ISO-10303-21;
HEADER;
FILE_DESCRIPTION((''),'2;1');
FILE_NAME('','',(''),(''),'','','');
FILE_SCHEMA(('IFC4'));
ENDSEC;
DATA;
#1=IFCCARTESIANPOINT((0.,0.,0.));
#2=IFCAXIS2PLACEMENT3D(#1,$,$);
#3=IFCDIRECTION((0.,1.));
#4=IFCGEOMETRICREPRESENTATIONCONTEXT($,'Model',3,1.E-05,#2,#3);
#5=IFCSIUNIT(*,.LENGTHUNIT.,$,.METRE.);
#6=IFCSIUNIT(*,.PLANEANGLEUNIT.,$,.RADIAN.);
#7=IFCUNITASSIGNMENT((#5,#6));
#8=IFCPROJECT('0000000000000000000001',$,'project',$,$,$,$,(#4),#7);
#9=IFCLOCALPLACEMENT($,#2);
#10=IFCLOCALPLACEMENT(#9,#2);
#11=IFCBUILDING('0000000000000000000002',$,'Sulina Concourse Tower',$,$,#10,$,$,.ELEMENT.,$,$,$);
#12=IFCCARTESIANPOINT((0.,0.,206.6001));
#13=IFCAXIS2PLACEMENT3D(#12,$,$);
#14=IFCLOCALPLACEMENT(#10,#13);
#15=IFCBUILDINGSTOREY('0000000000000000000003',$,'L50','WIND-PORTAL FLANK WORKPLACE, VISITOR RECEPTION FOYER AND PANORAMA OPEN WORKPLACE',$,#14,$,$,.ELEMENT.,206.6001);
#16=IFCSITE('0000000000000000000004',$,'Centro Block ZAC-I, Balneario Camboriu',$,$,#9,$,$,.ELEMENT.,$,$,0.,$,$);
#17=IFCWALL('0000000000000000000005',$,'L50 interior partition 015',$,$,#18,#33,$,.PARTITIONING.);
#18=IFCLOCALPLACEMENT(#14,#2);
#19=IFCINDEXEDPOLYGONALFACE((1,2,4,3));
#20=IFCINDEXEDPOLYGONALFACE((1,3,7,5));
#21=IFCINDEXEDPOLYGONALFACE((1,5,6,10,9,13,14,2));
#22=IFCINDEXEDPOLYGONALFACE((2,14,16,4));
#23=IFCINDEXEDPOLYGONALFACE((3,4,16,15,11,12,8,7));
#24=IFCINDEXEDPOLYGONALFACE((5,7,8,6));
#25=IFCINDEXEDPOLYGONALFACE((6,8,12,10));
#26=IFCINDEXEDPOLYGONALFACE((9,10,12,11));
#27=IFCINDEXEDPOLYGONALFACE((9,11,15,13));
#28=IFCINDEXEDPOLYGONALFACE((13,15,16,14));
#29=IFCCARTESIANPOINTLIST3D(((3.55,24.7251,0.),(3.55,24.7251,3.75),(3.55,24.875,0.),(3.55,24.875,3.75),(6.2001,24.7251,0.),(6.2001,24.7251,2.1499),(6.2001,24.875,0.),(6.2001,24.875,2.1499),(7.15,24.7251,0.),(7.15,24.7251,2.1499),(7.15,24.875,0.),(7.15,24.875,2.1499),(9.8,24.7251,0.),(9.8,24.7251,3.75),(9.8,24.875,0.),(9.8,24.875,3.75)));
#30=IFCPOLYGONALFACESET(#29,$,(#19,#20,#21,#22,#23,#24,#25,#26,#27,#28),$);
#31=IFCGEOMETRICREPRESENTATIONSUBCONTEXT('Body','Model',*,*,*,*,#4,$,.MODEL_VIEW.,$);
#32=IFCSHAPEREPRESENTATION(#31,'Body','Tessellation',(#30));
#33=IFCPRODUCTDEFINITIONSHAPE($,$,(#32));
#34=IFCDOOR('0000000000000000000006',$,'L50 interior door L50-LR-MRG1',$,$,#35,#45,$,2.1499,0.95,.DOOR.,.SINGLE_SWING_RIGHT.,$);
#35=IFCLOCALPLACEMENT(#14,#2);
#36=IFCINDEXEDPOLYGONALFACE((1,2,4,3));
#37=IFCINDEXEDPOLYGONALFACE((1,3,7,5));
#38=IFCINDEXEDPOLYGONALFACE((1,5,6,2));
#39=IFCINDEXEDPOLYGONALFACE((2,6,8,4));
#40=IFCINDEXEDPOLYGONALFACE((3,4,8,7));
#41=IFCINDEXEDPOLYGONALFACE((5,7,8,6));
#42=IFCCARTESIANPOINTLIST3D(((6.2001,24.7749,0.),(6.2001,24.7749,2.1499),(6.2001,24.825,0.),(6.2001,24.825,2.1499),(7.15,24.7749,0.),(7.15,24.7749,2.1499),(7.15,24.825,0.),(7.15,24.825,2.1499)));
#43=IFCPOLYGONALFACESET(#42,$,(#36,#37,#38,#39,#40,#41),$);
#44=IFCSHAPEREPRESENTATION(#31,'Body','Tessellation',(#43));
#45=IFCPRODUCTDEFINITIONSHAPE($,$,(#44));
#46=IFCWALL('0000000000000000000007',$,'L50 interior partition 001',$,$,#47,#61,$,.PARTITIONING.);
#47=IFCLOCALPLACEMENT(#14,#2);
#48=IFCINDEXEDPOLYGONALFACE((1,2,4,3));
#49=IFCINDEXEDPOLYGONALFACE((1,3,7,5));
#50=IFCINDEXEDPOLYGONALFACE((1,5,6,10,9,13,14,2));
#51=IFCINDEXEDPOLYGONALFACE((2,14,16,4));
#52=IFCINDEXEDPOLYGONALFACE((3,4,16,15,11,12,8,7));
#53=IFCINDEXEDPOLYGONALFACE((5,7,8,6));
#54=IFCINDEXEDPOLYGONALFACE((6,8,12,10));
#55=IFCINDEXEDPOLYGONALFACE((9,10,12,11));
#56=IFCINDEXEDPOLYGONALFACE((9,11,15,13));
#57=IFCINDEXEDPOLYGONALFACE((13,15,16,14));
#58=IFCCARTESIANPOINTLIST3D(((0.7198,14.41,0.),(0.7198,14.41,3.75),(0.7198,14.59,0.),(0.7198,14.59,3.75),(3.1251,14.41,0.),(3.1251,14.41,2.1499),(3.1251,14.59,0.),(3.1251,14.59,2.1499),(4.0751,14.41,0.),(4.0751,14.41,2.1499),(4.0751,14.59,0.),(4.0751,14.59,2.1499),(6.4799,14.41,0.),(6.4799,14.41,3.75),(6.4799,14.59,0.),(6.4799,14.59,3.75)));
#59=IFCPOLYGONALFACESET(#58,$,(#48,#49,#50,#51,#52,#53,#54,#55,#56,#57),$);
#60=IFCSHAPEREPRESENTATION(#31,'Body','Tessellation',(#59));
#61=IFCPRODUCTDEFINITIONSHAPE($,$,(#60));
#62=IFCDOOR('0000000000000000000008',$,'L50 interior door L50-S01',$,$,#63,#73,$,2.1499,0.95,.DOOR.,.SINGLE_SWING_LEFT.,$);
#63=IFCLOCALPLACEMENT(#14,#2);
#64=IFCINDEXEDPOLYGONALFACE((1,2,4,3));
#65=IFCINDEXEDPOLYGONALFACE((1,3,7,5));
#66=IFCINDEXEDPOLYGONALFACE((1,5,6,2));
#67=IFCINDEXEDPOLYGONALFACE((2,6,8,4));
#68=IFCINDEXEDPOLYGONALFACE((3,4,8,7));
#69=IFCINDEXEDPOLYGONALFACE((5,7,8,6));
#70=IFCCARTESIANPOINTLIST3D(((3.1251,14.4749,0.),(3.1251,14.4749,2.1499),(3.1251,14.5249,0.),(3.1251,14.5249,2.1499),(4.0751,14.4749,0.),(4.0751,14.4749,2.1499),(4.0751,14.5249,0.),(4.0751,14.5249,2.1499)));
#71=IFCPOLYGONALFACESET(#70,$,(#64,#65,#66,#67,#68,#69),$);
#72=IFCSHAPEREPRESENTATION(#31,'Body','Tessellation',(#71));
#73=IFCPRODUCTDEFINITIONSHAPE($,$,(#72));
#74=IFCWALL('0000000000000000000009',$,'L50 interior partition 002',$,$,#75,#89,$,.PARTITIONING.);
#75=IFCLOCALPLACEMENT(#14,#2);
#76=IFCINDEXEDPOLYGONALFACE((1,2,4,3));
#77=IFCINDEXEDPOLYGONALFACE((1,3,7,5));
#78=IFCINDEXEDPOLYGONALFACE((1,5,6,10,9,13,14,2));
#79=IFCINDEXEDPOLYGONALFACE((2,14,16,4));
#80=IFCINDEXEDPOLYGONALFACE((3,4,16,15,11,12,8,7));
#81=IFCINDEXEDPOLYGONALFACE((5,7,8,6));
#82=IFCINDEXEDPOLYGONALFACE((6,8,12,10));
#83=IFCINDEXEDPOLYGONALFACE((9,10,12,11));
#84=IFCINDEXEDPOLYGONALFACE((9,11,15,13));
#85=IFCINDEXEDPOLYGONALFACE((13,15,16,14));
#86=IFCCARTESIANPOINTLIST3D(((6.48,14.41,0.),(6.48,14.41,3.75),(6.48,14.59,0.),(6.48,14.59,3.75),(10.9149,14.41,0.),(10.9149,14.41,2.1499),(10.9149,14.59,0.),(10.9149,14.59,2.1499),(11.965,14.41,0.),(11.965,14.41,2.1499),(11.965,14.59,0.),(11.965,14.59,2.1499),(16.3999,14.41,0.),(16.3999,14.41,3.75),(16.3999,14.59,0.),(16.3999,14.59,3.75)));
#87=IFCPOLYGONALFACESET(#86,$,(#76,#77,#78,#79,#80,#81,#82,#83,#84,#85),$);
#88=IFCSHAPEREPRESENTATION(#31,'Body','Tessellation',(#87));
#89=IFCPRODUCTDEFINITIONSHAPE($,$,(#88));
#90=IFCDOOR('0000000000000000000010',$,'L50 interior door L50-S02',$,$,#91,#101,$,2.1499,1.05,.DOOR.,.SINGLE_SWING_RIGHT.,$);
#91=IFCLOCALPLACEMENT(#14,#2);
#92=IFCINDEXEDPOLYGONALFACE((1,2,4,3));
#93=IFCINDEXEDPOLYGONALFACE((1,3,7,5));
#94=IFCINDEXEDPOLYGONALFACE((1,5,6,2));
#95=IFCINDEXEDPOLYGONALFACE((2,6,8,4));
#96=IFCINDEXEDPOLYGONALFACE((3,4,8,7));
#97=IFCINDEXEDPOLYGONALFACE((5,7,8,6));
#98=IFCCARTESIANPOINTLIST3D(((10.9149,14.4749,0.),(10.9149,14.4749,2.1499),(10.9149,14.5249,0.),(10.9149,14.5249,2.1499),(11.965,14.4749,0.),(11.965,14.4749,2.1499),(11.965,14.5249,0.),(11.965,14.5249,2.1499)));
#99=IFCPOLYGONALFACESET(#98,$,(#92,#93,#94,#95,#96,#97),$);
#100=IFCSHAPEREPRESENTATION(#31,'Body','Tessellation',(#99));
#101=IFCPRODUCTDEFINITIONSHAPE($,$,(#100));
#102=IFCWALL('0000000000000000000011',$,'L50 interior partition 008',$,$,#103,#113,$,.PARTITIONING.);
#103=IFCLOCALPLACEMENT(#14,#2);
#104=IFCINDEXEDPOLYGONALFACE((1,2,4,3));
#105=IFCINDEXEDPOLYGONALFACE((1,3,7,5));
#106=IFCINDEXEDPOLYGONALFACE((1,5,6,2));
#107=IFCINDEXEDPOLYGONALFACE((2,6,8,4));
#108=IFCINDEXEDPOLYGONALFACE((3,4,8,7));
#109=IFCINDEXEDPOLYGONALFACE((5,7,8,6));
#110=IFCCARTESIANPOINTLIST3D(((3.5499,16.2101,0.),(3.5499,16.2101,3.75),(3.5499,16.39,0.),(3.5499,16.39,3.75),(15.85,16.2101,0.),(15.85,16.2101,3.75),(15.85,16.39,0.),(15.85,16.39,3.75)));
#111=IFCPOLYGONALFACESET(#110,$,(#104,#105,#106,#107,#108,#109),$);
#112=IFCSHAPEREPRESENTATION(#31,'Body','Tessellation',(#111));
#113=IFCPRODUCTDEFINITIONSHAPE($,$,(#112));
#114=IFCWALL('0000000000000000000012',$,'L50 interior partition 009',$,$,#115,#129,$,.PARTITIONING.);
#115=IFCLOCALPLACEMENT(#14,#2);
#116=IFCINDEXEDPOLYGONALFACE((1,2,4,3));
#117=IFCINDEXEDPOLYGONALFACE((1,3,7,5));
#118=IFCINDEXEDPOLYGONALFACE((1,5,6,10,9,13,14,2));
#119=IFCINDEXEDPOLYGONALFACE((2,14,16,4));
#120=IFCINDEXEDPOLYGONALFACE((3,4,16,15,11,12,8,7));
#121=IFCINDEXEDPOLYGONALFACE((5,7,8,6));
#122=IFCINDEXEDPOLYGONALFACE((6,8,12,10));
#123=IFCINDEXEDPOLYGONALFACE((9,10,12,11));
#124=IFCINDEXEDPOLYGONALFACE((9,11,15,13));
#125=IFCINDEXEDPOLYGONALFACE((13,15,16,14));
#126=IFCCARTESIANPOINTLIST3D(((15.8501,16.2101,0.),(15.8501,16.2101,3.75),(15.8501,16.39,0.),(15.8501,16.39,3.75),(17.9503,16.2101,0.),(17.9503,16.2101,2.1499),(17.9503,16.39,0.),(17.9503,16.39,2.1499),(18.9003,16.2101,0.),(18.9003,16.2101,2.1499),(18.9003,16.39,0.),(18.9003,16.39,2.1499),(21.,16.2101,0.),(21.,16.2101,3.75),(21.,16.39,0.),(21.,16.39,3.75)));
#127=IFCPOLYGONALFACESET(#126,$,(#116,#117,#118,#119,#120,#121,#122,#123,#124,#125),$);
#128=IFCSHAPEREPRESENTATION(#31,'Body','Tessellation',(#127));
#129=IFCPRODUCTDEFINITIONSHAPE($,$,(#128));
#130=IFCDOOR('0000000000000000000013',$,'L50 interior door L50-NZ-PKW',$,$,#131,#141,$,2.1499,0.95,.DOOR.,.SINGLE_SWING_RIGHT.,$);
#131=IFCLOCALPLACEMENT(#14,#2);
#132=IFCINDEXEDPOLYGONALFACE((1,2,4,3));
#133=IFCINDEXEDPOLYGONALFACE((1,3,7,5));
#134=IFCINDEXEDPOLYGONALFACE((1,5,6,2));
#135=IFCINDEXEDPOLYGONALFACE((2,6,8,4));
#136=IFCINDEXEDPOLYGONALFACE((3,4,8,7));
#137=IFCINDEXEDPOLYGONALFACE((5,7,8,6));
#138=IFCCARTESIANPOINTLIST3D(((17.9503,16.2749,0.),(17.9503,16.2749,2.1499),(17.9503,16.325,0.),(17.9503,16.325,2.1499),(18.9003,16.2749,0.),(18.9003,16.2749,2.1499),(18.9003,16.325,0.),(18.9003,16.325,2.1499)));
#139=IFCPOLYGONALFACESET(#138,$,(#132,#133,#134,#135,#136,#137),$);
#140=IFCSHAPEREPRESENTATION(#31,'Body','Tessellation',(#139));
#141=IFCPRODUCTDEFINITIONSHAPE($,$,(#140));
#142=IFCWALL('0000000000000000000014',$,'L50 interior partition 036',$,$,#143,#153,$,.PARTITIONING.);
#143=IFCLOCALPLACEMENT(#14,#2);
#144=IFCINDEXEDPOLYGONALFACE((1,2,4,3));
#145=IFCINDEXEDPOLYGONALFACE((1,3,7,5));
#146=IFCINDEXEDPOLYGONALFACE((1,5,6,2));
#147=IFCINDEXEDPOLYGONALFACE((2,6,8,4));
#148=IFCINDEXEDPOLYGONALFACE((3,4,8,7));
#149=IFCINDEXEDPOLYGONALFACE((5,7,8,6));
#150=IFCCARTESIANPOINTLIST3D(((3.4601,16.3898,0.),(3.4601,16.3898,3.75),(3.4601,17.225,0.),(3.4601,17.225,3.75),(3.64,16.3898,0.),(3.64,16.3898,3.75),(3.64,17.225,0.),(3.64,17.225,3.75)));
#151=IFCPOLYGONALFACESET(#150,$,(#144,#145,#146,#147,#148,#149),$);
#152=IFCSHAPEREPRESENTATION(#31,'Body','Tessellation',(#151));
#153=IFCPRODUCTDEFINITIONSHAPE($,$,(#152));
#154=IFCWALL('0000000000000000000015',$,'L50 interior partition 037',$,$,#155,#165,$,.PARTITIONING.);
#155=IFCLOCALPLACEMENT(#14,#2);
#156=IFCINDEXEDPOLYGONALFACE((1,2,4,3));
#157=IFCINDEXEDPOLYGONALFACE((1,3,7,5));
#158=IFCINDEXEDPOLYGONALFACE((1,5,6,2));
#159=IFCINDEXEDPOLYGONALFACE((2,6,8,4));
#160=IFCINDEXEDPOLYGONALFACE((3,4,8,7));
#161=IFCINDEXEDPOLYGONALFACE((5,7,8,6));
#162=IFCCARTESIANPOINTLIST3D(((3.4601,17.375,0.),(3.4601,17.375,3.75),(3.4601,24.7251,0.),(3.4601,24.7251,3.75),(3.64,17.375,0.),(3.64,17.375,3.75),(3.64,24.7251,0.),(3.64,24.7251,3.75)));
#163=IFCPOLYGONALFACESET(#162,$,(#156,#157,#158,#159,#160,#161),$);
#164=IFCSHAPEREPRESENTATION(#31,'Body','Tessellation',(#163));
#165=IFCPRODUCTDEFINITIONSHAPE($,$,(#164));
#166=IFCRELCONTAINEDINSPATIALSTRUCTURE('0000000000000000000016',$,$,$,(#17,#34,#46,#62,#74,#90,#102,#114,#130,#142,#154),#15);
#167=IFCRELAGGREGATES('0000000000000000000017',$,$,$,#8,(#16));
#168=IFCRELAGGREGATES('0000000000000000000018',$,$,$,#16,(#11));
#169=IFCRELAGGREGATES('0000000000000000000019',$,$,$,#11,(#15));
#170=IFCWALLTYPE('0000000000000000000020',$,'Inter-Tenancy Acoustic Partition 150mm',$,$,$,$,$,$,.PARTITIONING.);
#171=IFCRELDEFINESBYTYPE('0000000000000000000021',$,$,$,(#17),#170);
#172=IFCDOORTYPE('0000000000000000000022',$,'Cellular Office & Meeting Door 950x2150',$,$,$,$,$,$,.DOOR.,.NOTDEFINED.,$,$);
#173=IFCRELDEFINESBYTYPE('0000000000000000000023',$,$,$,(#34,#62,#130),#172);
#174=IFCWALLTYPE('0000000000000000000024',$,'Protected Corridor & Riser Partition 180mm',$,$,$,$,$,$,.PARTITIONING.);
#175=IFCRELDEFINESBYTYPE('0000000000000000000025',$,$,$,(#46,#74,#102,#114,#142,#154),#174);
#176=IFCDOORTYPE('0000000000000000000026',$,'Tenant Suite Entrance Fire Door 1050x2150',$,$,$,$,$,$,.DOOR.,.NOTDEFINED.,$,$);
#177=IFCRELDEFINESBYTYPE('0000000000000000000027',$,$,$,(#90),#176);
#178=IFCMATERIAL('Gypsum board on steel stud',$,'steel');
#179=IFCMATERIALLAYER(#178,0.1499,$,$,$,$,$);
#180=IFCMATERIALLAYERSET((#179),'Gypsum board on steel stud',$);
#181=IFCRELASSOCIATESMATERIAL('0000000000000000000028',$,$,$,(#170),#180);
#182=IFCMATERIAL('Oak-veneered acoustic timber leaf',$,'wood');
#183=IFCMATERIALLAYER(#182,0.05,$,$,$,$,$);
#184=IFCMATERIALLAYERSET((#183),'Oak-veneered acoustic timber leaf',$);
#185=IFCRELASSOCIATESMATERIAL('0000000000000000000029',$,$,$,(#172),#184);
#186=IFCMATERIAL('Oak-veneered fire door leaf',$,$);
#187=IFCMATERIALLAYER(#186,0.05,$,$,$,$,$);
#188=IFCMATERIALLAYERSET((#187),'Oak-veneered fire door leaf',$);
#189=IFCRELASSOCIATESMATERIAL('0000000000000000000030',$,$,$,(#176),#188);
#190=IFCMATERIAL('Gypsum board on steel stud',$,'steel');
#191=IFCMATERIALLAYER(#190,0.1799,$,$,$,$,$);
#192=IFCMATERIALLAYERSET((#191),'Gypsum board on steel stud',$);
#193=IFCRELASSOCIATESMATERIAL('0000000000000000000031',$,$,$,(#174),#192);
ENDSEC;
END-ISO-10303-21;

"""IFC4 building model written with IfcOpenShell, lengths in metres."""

from ifc_helpers import new_model, si_unit, direction, frame, frame_2d, origin, place, context, subcontext, project, spatial, rectangle, extrude, material, layer, layer_set, type_object, element, fill, save


model = new_model("IFC4")

# Units and contexts
model_context = context("Model", 3, precision=1e-05, world=origin(), true_north=direction((0.0, 1.0)))
body_context = subcontext(model_context, "Body", "Model", "MODEL_VIEW")
ifc_project = project(units=[si_unit("LENGTHUNIT", "METRE"), si_unit("PLANEANGLEUNIT", "RADIAN")], contexts=[model_context])

# Site, building, storey
site_placement = place(None, origin())
site = spatial("IfcSite", under=ifc_project, at=site_placement, Name="Centro Block ZAC-I, Balneario Camboriu", CompositionType="ELEMENT", RefElevation=0.0)
building_placement = place(site_placement, origin())
building = spatial("IfcBuilding", under=site, at=building_placement, Name="Sulina Concourse Tower", CompositionType="ELEMENT")
storey_placement = place(building_placement, frame((0.0, 0.0, 206.6001)))
storey = spatial("IfcBuildingStorey", under=building, at=storey_placement, Name="L50", Description="WIND-PORTAL FLANK WORKPLACE, VISITOR RECEPTION FOYER AND PANORAMA OPEN WORKPLACE", CompositionType="ELEMENT", Elevation=206.6001)

# Shared definitions
ifc_material_1 = material(Name="Gypsum board on steel stud", Category="steel")
ifc_layer_1 = layer(ifc_material_1, 0.1499)
ifc_layer_set_1 = layer_set([ifc_layer_1], Name="Gypsum board on steel stud")
wall_type_1 = type_object("IfcWallType", Name="Inter-Tenancy Acoustic Partition 150mm", PredefinedType="PARTITIONING", material=ifc_layer_set_1)

# Walls, openings, doors
wall_1_placement = place(storey_placement, frame((3.55, 24.8, 0.0), z_axis=(0.0, 0.0, 1.0), x_axis=(1.0, 0.0, 0.0)))
wall_1 = element("IfcWall", 1, at=wall_1_placement, inside=storey, type_object=wall_type_1, Name="L50 interior partition 015", PredefinedType="PARTITIONING", context=body_context, shape_type="SweptSolid", body=[
    extrude(rectangle(XDim=6.25, YDim=0.1499, at=frame_2d((3.125, 0.0))), origin(), (0.0, 0.0, 1.0), 3.75),
])
opening_1_placement = place(wall_1_placement, frame((2.6499, 0.0, 0.0)))
opening_1 = element("IfcOpeningElement", 2, at=opening_1_placement, cuts=wall_1, PredefinedType="OPENING", context=body_context, shape_type="SweptSolid", body=[
    extrude(rectangle(XDim=0.95, YDim=2.1499, at=frame_2d((0.4751, 1.075))), frame((0.0, 0.085, 0.0), z_axis=(0.0, -1.0, 0.0), x_axis=(1.0, 0.0, 0.0)), (0.0, 0.0, 1.0), 0.1699),
])
ifc_material_2 = material(Name="Oak-veneered acoustic timber leaf", Category="wood")
ifc_layer_2 = layer(ifc_material_2, 0.05)
ifc_layer_set_2 = layer_set([ifc_layer_2], Name="Oak-veneered acoustic timber leaf")
door_type_1 = type_object("IfcDoorType", Name="Cellular Office & Meeting Door 950x2150", OperationType="NOTDEFINED", PredefinedType="DOOR", material=ifc_layer_set_2)
door_1_placement = place(opening_1_placement, origin())
door_1 = element("IfcDoor", 3, at=door_1_placement, inside=storey, type_object=door_type_1, Name="L50 interior door L50-LR-MRG1", OperationType="SINGLE_SWING_RIGHT", OverallHeight=2.1499, OverallWidth=0.95, PredefinedType="DOOR", context=body_context, shape_type="SweptSolid", body=[
    extrude(rectangle(XDim=0.95, YDim=2.1499, at=frame_2d((0.4751, 1.075))), frame((0.0, 0.0249, 0.0), z_axis=(0.0, -1.0, 0.0), x_axis=(1.0, 0.0, 0.0)), (0.0, 0.0, 1.0), 0.05),
])
fill(opening_1, door_1)
ifc_material_3 = material(Name="Oak-veneered fire door leaf")
ifc_layer_3 = layer(ifc_material_3, 0.05)
ifc_layer_set_3 = layer_set([ifc_layer_3], Name="Oak-veneered fire door leaf")
door_type_2 = type_object("IfcDoorType", Name="Tenant Suite Entrance Fire Door 1050x2150", OperationType="NOTDEFINED", PredefinedType="DOOR", material=ifc_layer_set_3)
ifc_material_4 = material(Name="Gypsum board on steel stud", Category="steel")
ifc_layer_4 = layer(ifc_material_4, 0.1799)
ifc_layer_set_4 = layer_set([ifc_layer_4], Name="Gypsum board on steel stud")
wall_type_2 = type_object("IfcWallType", Name="Protected Corridor & Riser Partition 180mm", PredefinedType="PARTITIONING", material=ifc_layer_set_4)
wall_2_placement = place(storey_placement, frame((0.72, 14.5, 0.0), z_axis=(0.0, 0.0, 1.0), x_axis=(1.0, 0.0, 0.0)))
wall_2 = element("IfcWall", 4, at=wall_2_placement, inside=storey, type_object=wall_type_2, Name="L50 interior partition 001", PredefinedType="PARTITIONING", context=body_context, shape_type="SweptSolid", body=[
    extrude(rectangle(XDim=5.76, YDim=0.1799, at=frame_2d((2.8799, 0.0))), origin(), (0.0, 0.0, 1.0), 3.75),
])
opening_2_placement = place(wall_2_placement, frame((2.405, 0.0, 0.0)))
opening_2 = element("IfcOpeningElement", 5, at=opening_2_placement, cuts=wall_2, PredefinedType="OPENING", context=body_context, shape_type="SweptSolid", body=[
    extrude(rectangle(XDim=0.95, YDim=2.1499, at=frame_2d((0.4751, 1.075))), frame((0.0, 0.0999, 0.0), z_axis=(0.0, -1.0, 0.0), x_axis=(1.0, 0.0, 0.0)), (0.0, 0.0, 1.0), 0.2),
])
door_2_placement = place(opening_2_placement, origin())
door_2 = element("IfcDoor", 6, at=door_2_placement, inside=storey, type_object=door_type_1, Name="L50 interior door L50-S01", OperationType="SINGLE_SWING_LEFT", OverallHeight=2.1499, OverallWidth=0.95, PredefinedType="DOOR", context=body_context, shape_type="SweptSolid", body=[
    extrude(rectangle(XDim=0.95, YDim=2.1499, at=frame_2d((0.4751, 1.075))), frame((0.0, 0.0249, 0.0), z_axis=(0.0, -1.0, 0.0), x_axis=(1.0, 0.0, 0.0)), (0.0, 0.0, 1.0), 0.05),
])
fill(opening_2, door_2)
wall_3_placement = place(storey_placement, frame((6.48, 14.5, 0.0), z_axis=(0.0, 0.0, 1.0), x_axis=(1.0, 0.0, 0.0)))
wall_3 = element("IfcWall", 7, at=wall_3_placement, inside=storey, type_object=wall_type_2, Name="L50 interior partition 002", PredefinedType="PARTITIONING", context=body_context, shape_type="SweptSolid", body=[
    extrude(rectangle(XDim=9.9199, YDim=0.1799, at=frame_2d((4.96, 0.0))), origin(), (0.0, 0.0, 1.0), 3.75),
])
opening_3_placement = place(wall_3_placement, frame((4.4351, 0.0, 0.0)))
opening_3 = element("IfcOpeningElement", 8, at=opening_3_placement, cuts=wall_3, PredefinedType="OPENING", context=body_context, shape_type="SweptSolid", body=[
    extrude(rectangle(XDim=1.05, YDim=2.1499, at=frame_2d((0.5249, 1.075))), frame((0.0, 0.0999, 0.0), z_axis=(0.0, -1.0, 0.0), x_axis=(1.0, 0.0, 0.0)), (0.0, 0.0, 1.0), 0.2),
])
door_3_placement = place(opening_3_placement, origin())
door_3 = element("IfcDoor", 9, at=door_3_placement, inside=storey, type_object=door_type_2, Name="L50 interior door L50-S02", OperationType="SINGLE_SWING_RIGHT", OverallHeight=2.1499, OverallWidth=1.05, PredefinedType="DOOR", context=body_context, shape_type="SweptSolid", body=[
    extrude(rectangle(XDim=1.05, YDim=2.1499, at=frame_2d((0.5249, 1.075))), frame((0.0, 0.0249, 0.0), z_axis=(0.0, -1.0, 0.0), x_axis=(1.0, 0.0, 0.0)), (0.0, 0.0, 1.0), 0.05),
])
fill(opening_3, door_3)

# Wall
wall_4_placement = place(storey_placement, frame((3.55, 16.3, 0.0), z_axis=(0.0, 0.0, 1.0), x_axis=(1.0, 0.0, 0.0)))
element("IfcWall", 10, at=wall_4_placement, inside=storey, type_object=wall_type_2, Name="L50 interior partition 008", PredefinedType="PARTITIONING", context=body_context, shape_type="SweptSolid", body=[
    extrude(rectangle(XDim=12.3, YDim=0.1799, at=frame_2d((6.1499, 0.0))), origin(), (0.0, 0.0, 1.0), 3.75),
])

# Wall, opening, door
wall_5_placement = place(storey_placement, frame((15.8501, 16.3, 0.0), z_axis=(0.0, 0.0, 1.0), x_axis=(1.0, 0.0, 0.0)))
wall_5 = element("IfcWall", 11, at=wall_5_placement, inside=storey, type_object=wall_type_2, Name="L50 interior partition 009", PredefinedType="PARTITIONING", context=body_context, shape_type="SweptSolid", body=[
    extrude(rectangle(XDim=5.1499, YDim=0.1799, at=frame_2d((2.575, 0.0))), origin(), (0.0, 0.0, 1.0), 3.75),
])
opening_4_placement = place(wall_5_placement, frame((2.1001, 0.0, 0.0)))
opening_4 = element("IfcOpeningElement", 12, at=opening_4_placement, cuts=wall_5, PredefinedType="OPENING", context=body_context, shape_type="SweptSolid", body=[
    extrude(rectangle(XDim=0.95, YDim=2.1499, at=frame_2d((0.4751, 1.075))), frame((0.0, 0.0999, 0.0), z_axis=(0.0, -1.0, 0.0), x_axis=(1.0, 0.0, 0.0)), (0.0, 0.0, 1.0), 0.2),
])
door_4_placement = place(opening_4_placement, origin())
door_4 = element("IfcDoor", 13, at=door_4_placement, inside=storey, type_object=door_type_1, Name="L50 interior door L50-NZ-PKW", OperationType="SINGLE_SWING_RIGHT", OverallHeight=2.1499, OverallWidth=0.95, PredefinedType="DOOR", context=body_context, shape_type="SweptSolid", body=[
    extrude(rectangle(XDim=0.95, YDim=2.1499, at=frame_2d((0.4751, 1.075))), frame((0.0, 0.0249, 0.0), z_axis=(0.0, -1.0, 0.0), x_axis=(1.0, 0.0, 0.0)), (0.0, 0.0, 1.0), 0.05),
])
fill(opening_4, door_4)

# Walls
wall_6_placement = place(storey_placement, frame((3.55, 16.3899, 0.0), z_axis=(0.0, 0.0, 1.0), x_axis=(0.0, 1.0, 0.0)))
element("IfcWall", 14, at=wall_6_placement, inside=storey, type_object=wall_type_2, Name="L50 interior partition 036", PredefinedType="PARTITIONING", context=body_context, shape_type="SweptSolid", body=[
    extrude(rectangle(XDim=0.8352, YDim=0.1799, at=frame_2d((0.4175, 0.0))), origin(), (0.0, 0.0, 1.0), 3.75),
])
wall_7_placement = place(storey_placement, frame((3.55, 17.375, 0.0), z_axis=(0.0, 0.0, 1.0), x_axis=(0.0, 1.0, 0.0)))
element("IfcWall", 15, at=wall_7_placement, inside=storey, type_object=wall_type_2, Name="L50 interior partition 037", PredefinedType="PARTITIONING", context=body_context, shape_type="SweptSolid", body=[
    extrude(rectangle(XDim=7.3501, YDim=0.1799, at=frame_2d((3.675, 0.0))), origin(), (0.0, 0.0, 1.0), 3.75),
])

save(model, "model.ifc")
